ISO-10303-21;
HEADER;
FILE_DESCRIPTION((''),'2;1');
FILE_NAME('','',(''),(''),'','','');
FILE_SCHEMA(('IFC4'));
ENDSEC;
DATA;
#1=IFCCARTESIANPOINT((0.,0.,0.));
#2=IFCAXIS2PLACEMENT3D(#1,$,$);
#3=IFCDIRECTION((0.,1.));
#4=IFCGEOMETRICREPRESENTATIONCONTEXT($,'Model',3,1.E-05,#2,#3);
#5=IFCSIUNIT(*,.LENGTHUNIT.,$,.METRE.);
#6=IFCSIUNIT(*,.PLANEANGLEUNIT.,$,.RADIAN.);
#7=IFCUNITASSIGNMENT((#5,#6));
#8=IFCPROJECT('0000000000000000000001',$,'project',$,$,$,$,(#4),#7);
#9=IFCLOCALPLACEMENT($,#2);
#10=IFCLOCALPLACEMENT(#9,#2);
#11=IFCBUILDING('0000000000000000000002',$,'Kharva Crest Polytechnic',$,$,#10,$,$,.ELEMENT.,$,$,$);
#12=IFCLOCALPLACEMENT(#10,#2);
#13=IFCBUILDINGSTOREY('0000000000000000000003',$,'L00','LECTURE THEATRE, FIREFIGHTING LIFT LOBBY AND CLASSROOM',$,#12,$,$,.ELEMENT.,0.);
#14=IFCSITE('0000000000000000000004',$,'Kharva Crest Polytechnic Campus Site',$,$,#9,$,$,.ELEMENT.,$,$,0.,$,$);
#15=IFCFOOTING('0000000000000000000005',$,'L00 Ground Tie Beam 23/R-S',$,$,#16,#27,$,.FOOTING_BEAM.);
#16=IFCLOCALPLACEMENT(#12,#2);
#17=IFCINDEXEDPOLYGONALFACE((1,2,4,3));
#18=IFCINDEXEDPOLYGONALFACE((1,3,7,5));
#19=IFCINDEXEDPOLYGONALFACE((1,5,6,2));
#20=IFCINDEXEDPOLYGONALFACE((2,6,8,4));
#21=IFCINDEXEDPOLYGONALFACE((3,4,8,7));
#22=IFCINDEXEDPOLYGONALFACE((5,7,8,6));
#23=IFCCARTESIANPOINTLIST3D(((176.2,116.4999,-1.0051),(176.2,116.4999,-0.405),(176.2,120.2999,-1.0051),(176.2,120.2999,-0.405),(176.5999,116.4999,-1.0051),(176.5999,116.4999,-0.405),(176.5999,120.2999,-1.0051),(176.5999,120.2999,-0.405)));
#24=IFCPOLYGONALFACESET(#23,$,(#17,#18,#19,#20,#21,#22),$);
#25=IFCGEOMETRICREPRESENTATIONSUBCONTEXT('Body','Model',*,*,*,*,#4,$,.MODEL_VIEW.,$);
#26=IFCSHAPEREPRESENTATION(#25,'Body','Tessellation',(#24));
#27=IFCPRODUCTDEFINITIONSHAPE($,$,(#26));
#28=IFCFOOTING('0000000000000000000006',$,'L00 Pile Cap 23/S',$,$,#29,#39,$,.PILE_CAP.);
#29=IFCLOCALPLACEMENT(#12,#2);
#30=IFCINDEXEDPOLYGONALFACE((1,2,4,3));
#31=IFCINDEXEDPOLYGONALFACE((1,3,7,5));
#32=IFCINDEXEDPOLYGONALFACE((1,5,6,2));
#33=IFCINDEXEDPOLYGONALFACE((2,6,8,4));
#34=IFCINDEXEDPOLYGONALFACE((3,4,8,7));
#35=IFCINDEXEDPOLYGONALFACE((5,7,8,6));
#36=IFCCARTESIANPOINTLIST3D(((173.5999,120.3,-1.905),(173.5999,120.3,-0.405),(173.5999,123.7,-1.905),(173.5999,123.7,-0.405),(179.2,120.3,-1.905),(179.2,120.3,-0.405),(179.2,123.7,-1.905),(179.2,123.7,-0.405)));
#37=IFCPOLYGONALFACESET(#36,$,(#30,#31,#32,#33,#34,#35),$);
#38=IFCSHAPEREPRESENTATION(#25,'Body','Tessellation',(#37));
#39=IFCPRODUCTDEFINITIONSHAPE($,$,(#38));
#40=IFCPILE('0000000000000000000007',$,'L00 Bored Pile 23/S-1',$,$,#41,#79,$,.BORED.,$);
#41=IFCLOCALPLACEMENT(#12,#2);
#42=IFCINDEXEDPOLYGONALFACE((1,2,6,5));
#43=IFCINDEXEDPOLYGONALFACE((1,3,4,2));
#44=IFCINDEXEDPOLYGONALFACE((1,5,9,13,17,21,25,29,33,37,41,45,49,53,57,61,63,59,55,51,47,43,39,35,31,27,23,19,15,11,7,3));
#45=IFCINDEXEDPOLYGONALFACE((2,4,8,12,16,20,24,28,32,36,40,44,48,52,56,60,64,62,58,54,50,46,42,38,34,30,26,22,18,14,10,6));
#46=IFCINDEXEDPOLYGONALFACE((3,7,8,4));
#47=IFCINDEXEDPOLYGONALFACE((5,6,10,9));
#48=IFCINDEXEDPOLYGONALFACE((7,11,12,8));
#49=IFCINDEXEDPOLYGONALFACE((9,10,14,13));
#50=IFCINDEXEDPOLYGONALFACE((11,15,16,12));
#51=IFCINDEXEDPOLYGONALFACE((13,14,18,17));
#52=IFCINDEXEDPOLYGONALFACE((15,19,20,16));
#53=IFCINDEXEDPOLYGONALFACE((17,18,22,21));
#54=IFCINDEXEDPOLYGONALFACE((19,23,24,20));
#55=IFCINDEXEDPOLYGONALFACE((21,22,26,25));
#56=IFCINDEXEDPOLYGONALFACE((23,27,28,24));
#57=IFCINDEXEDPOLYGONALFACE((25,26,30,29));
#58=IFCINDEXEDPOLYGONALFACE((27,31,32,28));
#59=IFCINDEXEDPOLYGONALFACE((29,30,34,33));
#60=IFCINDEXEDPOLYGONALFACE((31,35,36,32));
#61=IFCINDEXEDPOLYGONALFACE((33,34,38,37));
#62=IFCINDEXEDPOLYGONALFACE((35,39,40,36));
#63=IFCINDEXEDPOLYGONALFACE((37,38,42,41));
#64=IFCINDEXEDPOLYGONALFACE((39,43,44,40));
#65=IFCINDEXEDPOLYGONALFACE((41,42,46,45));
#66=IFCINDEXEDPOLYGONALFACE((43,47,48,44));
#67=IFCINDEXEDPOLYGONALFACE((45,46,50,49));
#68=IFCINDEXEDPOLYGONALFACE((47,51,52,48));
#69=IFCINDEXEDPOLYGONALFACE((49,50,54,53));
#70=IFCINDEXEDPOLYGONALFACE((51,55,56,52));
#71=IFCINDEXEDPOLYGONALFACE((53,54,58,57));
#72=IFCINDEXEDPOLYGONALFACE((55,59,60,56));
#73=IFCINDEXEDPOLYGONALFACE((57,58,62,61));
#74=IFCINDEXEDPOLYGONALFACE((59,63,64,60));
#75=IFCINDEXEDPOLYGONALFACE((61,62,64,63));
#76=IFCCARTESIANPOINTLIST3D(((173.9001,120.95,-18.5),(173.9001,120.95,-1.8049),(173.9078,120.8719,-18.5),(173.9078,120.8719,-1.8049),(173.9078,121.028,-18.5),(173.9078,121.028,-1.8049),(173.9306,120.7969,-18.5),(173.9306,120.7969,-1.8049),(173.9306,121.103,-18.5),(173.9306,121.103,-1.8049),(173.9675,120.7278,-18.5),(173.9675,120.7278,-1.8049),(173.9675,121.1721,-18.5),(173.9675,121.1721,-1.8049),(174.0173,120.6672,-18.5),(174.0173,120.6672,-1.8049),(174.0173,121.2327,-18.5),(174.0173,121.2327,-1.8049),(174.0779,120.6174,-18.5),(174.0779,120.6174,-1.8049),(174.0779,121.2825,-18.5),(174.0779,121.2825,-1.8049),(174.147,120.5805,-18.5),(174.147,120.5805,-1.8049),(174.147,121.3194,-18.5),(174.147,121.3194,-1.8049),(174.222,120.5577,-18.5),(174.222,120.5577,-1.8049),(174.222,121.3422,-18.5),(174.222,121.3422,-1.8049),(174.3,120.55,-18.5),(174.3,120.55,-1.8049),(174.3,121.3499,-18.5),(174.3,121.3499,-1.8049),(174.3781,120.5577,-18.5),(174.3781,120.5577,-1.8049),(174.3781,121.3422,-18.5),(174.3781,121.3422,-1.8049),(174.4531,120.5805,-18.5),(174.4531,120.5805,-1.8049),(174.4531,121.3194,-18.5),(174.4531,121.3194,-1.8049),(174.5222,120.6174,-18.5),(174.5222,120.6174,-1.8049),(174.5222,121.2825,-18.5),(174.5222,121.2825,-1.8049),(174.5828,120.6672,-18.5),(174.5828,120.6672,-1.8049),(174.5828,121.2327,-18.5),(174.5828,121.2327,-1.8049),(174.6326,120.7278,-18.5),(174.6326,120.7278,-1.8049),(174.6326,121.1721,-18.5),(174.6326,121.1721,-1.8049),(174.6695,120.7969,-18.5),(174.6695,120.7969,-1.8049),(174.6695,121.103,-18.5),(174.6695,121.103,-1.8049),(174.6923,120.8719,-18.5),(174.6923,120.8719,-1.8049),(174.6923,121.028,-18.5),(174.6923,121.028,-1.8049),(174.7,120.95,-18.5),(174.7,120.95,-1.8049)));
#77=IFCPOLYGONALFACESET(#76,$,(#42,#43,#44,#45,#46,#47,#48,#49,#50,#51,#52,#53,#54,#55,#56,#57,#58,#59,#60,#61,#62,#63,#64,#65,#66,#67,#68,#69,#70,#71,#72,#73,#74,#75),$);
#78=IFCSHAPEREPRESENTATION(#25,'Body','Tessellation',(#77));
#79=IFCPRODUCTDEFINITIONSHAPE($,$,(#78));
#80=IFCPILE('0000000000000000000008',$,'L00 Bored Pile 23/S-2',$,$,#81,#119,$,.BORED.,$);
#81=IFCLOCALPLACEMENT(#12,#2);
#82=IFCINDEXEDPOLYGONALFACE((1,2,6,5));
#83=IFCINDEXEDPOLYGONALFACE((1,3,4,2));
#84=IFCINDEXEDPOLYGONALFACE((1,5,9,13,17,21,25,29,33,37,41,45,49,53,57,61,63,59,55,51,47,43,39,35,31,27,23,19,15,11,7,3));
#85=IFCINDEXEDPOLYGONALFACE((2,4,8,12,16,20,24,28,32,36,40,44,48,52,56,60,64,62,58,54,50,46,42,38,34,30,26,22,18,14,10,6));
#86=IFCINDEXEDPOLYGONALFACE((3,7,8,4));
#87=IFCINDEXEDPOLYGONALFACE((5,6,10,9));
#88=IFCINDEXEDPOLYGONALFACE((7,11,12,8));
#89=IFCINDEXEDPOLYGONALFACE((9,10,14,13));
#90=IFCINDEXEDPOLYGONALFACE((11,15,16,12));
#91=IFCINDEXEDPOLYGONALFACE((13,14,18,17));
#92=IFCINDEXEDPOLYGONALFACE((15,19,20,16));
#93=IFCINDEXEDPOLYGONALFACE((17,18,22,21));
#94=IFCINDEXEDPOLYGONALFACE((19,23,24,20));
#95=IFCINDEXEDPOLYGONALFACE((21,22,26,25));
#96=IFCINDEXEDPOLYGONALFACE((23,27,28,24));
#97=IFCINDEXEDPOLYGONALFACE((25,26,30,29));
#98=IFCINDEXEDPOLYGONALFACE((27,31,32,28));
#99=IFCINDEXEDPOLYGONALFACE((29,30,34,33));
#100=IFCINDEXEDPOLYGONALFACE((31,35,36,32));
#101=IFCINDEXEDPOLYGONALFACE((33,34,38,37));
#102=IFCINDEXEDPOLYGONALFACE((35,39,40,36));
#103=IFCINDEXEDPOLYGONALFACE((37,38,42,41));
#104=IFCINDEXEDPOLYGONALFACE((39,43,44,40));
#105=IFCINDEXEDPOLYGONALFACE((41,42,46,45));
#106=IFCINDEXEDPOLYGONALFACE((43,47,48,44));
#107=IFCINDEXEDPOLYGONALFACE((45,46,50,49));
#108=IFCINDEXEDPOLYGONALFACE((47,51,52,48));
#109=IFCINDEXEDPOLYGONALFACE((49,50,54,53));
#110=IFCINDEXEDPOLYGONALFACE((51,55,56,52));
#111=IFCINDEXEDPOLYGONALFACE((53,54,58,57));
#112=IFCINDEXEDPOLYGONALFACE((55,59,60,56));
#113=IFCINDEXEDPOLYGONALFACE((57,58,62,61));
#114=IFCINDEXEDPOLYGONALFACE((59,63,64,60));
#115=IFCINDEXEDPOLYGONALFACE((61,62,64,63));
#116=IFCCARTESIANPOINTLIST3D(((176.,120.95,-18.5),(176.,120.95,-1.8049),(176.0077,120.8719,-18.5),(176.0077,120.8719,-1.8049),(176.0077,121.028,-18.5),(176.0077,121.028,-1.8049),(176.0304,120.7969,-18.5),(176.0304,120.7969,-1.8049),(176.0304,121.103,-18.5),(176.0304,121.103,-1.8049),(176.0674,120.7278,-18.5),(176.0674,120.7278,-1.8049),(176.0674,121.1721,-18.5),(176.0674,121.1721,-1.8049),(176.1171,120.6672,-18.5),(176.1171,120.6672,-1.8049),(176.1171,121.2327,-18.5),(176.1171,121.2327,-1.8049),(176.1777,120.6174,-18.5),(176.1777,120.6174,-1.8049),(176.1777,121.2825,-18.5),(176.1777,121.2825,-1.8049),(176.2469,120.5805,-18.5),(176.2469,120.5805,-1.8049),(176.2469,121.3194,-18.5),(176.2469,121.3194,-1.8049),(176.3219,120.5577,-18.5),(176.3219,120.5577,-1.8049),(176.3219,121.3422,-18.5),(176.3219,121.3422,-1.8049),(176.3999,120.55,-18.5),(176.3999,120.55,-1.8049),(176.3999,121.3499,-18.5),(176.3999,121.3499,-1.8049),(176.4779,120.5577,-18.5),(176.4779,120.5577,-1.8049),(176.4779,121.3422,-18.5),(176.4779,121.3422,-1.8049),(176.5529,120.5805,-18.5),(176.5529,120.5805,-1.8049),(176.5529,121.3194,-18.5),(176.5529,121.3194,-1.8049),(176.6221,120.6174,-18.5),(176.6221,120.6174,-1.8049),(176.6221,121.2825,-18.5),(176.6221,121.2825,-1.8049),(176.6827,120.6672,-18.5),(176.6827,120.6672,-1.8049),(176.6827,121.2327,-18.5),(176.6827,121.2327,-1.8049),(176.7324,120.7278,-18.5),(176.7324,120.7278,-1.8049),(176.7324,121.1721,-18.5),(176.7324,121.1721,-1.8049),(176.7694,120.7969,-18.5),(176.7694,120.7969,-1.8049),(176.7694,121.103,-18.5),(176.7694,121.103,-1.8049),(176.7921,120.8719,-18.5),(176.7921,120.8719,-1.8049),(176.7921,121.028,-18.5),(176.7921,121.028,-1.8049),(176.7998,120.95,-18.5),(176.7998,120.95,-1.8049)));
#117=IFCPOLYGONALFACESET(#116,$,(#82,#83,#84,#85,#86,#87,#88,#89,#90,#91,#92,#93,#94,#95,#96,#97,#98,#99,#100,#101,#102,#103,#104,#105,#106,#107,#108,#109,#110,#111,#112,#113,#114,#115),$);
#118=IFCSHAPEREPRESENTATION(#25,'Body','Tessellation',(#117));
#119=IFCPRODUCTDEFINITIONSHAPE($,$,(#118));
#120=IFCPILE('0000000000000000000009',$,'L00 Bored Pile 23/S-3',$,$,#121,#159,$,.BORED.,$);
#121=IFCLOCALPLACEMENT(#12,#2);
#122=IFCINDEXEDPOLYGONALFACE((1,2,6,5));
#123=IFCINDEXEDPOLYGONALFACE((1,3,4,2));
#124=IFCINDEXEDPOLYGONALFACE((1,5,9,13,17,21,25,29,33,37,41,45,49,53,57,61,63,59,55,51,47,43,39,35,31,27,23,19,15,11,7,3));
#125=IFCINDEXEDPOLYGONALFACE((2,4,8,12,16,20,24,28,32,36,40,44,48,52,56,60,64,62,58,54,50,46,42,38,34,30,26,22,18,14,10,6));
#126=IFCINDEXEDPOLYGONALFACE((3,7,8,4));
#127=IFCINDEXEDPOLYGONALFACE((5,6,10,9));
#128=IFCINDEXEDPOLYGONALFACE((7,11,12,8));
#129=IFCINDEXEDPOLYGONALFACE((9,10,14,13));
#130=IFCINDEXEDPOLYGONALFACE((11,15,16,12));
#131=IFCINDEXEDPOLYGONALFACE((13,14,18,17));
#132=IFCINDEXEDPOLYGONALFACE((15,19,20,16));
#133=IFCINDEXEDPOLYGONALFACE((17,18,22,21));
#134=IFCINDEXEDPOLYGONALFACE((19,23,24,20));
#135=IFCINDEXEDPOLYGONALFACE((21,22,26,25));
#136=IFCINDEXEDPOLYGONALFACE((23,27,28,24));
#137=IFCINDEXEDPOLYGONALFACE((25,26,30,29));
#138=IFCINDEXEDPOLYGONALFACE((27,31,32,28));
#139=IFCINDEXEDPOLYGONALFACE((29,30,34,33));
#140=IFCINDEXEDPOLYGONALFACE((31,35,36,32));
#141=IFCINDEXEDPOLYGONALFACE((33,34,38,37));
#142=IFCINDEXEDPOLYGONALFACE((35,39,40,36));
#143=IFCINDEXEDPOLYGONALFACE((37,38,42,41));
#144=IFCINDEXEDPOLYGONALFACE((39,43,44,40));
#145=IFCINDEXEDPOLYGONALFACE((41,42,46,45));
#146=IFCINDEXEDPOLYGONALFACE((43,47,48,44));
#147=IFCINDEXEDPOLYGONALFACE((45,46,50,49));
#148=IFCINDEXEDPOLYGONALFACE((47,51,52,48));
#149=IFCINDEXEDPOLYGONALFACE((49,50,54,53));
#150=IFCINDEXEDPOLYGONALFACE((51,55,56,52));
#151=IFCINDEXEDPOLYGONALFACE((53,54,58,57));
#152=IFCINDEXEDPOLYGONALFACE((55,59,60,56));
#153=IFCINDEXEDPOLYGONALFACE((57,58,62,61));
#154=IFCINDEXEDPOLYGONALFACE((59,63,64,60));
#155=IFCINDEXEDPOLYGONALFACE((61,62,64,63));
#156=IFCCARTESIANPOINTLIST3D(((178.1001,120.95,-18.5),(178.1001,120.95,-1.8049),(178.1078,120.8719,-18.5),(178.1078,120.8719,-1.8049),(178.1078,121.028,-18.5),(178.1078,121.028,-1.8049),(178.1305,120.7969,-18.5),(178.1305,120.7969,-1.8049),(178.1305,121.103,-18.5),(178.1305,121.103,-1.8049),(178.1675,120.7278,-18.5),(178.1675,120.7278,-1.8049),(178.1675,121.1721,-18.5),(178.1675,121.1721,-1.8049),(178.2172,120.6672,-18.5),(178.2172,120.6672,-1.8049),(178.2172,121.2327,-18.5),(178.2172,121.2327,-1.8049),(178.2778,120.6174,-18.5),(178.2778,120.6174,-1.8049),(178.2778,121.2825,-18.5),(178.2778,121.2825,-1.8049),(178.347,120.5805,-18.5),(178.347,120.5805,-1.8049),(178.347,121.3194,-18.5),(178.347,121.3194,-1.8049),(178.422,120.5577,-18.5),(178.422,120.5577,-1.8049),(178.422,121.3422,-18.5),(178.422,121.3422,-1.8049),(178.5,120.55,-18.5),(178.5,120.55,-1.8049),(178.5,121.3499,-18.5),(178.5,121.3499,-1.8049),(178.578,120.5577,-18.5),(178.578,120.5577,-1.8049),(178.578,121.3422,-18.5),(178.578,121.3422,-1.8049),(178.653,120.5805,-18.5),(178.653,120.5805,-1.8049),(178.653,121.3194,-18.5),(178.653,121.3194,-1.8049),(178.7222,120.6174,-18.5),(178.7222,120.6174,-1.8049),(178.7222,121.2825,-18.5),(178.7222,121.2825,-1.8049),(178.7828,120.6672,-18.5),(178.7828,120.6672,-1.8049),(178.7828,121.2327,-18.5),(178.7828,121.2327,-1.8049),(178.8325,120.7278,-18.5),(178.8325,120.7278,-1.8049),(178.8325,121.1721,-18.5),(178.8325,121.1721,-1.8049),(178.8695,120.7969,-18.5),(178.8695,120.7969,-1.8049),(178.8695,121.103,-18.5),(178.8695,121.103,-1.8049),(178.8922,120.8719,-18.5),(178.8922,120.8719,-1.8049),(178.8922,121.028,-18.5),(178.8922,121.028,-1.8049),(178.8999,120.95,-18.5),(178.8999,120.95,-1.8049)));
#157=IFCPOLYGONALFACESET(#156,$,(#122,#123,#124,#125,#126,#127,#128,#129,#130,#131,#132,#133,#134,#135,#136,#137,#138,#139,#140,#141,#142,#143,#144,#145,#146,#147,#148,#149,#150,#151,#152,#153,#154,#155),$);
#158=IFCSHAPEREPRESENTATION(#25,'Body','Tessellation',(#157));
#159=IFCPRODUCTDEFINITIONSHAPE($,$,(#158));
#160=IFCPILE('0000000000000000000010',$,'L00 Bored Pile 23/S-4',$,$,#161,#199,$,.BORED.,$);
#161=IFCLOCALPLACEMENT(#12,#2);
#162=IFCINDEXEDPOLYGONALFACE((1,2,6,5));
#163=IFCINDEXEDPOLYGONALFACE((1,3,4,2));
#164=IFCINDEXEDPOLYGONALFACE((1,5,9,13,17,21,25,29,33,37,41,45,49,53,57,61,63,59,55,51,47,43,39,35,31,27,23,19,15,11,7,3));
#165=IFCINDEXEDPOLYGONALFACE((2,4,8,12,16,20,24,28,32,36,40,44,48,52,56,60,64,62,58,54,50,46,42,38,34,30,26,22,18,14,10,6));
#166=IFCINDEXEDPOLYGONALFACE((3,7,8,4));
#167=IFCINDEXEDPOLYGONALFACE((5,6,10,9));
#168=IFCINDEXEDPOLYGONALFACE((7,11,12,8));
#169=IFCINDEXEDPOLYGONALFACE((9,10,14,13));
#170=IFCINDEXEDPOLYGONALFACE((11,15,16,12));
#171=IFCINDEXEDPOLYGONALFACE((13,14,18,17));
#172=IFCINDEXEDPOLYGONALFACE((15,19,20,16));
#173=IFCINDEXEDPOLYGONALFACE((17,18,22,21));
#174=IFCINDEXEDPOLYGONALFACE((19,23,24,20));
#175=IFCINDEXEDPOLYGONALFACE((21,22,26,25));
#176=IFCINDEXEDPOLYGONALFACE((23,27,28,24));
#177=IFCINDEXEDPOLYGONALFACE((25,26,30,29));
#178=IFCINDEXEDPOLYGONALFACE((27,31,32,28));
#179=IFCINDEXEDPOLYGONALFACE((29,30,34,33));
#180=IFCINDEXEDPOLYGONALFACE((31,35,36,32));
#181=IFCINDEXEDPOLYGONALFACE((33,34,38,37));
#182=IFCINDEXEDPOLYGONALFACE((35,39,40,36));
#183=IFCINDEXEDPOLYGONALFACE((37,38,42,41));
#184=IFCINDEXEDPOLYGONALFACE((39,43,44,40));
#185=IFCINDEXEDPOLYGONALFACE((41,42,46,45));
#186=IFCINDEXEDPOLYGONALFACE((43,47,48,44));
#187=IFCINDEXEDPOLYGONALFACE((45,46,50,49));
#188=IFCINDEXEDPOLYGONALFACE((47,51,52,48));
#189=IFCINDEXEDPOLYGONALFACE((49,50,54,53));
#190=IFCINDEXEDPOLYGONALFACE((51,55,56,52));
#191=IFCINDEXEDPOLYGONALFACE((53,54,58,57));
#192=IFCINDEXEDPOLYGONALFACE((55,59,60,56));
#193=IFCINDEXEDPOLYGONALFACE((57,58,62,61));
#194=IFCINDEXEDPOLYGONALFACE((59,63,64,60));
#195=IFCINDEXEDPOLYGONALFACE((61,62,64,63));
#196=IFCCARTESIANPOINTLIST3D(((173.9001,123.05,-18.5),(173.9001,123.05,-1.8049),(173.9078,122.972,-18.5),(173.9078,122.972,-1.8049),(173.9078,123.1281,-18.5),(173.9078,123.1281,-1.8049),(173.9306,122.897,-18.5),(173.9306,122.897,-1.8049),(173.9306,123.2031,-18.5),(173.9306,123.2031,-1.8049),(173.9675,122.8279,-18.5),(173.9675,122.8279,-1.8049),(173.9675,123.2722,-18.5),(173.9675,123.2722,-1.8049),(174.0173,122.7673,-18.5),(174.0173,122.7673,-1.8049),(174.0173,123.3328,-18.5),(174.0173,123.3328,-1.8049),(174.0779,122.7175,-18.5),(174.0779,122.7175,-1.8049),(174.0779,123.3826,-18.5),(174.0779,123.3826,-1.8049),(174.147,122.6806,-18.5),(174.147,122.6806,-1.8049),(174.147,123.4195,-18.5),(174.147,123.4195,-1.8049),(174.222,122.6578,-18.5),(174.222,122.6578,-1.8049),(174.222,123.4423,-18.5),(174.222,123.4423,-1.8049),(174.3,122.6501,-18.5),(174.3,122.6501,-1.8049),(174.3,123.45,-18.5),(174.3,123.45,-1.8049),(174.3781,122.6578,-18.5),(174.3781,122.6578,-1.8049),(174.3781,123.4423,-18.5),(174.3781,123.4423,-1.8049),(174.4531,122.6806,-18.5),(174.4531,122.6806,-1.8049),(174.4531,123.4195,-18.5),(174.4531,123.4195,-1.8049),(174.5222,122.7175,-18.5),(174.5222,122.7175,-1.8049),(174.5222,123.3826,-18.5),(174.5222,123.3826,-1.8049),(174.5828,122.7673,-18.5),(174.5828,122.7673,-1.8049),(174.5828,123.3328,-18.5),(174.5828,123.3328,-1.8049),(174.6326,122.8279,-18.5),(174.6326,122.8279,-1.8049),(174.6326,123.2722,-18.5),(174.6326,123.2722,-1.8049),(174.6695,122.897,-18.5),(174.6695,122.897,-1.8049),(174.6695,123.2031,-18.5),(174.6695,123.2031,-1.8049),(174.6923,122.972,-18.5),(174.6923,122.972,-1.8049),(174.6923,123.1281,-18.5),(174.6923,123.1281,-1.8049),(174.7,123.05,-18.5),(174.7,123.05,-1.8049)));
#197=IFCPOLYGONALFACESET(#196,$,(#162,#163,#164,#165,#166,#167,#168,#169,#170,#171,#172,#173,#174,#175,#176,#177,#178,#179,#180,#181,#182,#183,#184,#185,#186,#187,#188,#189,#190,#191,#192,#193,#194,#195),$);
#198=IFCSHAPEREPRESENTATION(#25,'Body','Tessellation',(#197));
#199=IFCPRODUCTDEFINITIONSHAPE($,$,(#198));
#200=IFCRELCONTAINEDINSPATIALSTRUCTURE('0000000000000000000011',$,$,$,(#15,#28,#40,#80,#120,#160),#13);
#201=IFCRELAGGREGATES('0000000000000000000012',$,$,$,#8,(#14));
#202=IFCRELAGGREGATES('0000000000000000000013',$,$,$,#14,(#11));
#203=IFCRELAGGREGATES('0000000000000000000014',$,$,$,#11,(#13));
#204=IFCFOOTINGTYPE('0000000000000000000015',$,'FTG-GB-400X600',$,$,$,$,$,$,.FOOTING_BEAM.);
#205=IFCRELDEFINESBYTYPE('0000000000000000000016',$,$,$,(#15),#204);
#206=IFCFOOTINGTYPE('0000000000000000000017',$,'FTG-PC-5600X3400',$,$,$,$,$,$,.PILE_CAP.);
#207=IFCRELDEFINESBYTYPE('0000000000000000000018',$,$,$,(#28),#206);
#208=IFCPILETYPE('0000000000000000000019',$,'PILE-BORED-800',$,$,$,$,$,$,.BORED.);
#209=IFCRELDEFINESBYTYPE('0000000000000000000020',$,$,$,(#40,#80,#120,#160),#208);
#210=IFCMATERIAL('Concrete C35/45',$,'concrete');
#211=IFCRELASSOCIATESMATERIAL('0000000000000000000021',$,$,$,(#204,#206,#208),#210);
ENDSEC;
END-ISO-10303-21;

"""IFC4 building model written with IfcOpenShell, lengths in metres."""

from ifc_helpers import new_model, si_unit, direction, frame, origin, origin_2d, place, context, subcontext, project, spatial, rectangle, circle, extrude, material, material_profile, profile_set, type_object, element, save


model = new_model("IFC4")

# Units and contexts
model_context = context("Model", 3, precision=1e-05, world=origin(), true_north=direction((0.0, 1.0)))
body_context = subcontext(model_context, "Body", "Model", "MODEL_VIEW")
ifc_project = project(units=[si_unit("LENGTHUNIT", "METRE"), si_unit("PLANEANGLEUNIT", "RADIAN")], contexts=[model_context])

# Site, building, storey
site_placement = place(None, origin())
site = spatial("IfcSite", under=ifc_project, at=site_placement, Name="Kharva Crest Polytechnic Campus Site", CompositionType="ELEMENT", RefElevation=0.0)
building_placement = place(site_placement, origin())
building = spatial("IfcBuilding", under=site, at=building_placement, Name="Kharva Crest Polytechnic", CompositionType="ELEMENT")
storey_placement = place(building_placement, origin())
storey = spatial("IfcBuildingStorey", under=building, at=storey_placement, Name="L00", Description="LECTURE THEATRE, FIREFIGHTING LIFT LOBBY AND CLASSROOM", CompositionType="ELEMENT", Elevation=0.0)

# Footings
ifc_material_1 = material(Name="Concrete C35/45", Category="concrete")
footing_type_1 = type_object("IfcFootingType", Name="FTG-GB-400X600", PredefinedType="FOOTING_BEAM", material=ifc_material_1)
footing_1_placement = place(storey_placement, frame((176.3999, 118.3999, -1.0051), z_axis=(0.0, 0.0, 1.0), x_axis=(0.0, 1.0, 0.0)))
element("IfcFooting", 1, at=footing_1_placement, inside=storey, type_object=footing_type_1, Name="L00 Ground Tie Beam 23/R-S", PredefinedType="FOOTING_BEAM", context=body_context, shape_type="SweptSolid", body=[
    extrude(rectangle(XDim=3.8, YDim=0.3999, at=origin_2d()), origin(), (0.0, 0.0, 1.0), 0.6001),
])
footing_type_2 = type_object("IfcFootingType", Name="FTG-PC-5600X3400", PredefinedType="PILE_CAP", material=ifc_material_1)
footing_2_placement = place(storey_placement, frame((176.3999, 122.0, -1.905), z_axis=(0.0, 0.0, 1.0), x_axis=(1.0, 0.0, 0.0)))
element("IfcFooting", 2, at=footing_2_placement, inside=storey, type_object=footing_type_2, Name="L00 Pile Cap 23/S", PredefinedType="PILE_CAP", context=body_context, shape_type="SweptSolid", body=[
    extrude(rectangle(XDim=5.6001, YDim=3.3999, at=origin_2d()), origin(), (0.0, 0.0, 1.0), 1.5),
])

# Piles
ifc_material_profile_1 = material_profile(ifc_material_1, circle(Radius=0.3999, at=origin_2d()), Name="DIA 800")
ifc_profile_set_1 = profile_set([ifc_material_profile_1], Name="Concrete C35/45")
pile_type = type_object("IfcPileType", Name="PILE-BORED-800", PredefinedType="BORED", material=ifc_profile_set_1)
for number, where, z_axis, x_axis, name in (
    (3, (174.3, 120.95, -1.8049), (0.0, 0.0, -1.0), (1.0, 0.0, 0.0), "L00 Bored Pile 23/S-1"),
    (4, (176.3999, 120.95, -1.8049), (0.0, 0.0, -1.0), (1.0, 0.0, 0.0), "L00 Bored Pile 23/S-2"),
    (5, (178.5, 120.95, -1.8049), (0.0, 0.0, -1.0), (1.0, 0.0, 0.0), "L00 Bored Pile 23/S-3"),
    (6, (174.3, 123.05, -1.8049), (0.0, 0.0, -1.0), (1.0, 0.0, 0.0), "L00 Bored Pile 23/S-4"),
):
    element("IfcPile", number, at=place(storey_placement, frame(where, z_axis=z_axis, x_axis=x_axis)), inside=storey, type_object=pile_type, Name=name, PredefinedType="BORED", context=body_context, shape_type="SweptSolid", body=[
        extrude(circle(Radius=0.3999, at=origin_2d()), origin(), (0.0, 0.0, 1.0), 16.6951),
    ])

save(model, "model.ifc")
